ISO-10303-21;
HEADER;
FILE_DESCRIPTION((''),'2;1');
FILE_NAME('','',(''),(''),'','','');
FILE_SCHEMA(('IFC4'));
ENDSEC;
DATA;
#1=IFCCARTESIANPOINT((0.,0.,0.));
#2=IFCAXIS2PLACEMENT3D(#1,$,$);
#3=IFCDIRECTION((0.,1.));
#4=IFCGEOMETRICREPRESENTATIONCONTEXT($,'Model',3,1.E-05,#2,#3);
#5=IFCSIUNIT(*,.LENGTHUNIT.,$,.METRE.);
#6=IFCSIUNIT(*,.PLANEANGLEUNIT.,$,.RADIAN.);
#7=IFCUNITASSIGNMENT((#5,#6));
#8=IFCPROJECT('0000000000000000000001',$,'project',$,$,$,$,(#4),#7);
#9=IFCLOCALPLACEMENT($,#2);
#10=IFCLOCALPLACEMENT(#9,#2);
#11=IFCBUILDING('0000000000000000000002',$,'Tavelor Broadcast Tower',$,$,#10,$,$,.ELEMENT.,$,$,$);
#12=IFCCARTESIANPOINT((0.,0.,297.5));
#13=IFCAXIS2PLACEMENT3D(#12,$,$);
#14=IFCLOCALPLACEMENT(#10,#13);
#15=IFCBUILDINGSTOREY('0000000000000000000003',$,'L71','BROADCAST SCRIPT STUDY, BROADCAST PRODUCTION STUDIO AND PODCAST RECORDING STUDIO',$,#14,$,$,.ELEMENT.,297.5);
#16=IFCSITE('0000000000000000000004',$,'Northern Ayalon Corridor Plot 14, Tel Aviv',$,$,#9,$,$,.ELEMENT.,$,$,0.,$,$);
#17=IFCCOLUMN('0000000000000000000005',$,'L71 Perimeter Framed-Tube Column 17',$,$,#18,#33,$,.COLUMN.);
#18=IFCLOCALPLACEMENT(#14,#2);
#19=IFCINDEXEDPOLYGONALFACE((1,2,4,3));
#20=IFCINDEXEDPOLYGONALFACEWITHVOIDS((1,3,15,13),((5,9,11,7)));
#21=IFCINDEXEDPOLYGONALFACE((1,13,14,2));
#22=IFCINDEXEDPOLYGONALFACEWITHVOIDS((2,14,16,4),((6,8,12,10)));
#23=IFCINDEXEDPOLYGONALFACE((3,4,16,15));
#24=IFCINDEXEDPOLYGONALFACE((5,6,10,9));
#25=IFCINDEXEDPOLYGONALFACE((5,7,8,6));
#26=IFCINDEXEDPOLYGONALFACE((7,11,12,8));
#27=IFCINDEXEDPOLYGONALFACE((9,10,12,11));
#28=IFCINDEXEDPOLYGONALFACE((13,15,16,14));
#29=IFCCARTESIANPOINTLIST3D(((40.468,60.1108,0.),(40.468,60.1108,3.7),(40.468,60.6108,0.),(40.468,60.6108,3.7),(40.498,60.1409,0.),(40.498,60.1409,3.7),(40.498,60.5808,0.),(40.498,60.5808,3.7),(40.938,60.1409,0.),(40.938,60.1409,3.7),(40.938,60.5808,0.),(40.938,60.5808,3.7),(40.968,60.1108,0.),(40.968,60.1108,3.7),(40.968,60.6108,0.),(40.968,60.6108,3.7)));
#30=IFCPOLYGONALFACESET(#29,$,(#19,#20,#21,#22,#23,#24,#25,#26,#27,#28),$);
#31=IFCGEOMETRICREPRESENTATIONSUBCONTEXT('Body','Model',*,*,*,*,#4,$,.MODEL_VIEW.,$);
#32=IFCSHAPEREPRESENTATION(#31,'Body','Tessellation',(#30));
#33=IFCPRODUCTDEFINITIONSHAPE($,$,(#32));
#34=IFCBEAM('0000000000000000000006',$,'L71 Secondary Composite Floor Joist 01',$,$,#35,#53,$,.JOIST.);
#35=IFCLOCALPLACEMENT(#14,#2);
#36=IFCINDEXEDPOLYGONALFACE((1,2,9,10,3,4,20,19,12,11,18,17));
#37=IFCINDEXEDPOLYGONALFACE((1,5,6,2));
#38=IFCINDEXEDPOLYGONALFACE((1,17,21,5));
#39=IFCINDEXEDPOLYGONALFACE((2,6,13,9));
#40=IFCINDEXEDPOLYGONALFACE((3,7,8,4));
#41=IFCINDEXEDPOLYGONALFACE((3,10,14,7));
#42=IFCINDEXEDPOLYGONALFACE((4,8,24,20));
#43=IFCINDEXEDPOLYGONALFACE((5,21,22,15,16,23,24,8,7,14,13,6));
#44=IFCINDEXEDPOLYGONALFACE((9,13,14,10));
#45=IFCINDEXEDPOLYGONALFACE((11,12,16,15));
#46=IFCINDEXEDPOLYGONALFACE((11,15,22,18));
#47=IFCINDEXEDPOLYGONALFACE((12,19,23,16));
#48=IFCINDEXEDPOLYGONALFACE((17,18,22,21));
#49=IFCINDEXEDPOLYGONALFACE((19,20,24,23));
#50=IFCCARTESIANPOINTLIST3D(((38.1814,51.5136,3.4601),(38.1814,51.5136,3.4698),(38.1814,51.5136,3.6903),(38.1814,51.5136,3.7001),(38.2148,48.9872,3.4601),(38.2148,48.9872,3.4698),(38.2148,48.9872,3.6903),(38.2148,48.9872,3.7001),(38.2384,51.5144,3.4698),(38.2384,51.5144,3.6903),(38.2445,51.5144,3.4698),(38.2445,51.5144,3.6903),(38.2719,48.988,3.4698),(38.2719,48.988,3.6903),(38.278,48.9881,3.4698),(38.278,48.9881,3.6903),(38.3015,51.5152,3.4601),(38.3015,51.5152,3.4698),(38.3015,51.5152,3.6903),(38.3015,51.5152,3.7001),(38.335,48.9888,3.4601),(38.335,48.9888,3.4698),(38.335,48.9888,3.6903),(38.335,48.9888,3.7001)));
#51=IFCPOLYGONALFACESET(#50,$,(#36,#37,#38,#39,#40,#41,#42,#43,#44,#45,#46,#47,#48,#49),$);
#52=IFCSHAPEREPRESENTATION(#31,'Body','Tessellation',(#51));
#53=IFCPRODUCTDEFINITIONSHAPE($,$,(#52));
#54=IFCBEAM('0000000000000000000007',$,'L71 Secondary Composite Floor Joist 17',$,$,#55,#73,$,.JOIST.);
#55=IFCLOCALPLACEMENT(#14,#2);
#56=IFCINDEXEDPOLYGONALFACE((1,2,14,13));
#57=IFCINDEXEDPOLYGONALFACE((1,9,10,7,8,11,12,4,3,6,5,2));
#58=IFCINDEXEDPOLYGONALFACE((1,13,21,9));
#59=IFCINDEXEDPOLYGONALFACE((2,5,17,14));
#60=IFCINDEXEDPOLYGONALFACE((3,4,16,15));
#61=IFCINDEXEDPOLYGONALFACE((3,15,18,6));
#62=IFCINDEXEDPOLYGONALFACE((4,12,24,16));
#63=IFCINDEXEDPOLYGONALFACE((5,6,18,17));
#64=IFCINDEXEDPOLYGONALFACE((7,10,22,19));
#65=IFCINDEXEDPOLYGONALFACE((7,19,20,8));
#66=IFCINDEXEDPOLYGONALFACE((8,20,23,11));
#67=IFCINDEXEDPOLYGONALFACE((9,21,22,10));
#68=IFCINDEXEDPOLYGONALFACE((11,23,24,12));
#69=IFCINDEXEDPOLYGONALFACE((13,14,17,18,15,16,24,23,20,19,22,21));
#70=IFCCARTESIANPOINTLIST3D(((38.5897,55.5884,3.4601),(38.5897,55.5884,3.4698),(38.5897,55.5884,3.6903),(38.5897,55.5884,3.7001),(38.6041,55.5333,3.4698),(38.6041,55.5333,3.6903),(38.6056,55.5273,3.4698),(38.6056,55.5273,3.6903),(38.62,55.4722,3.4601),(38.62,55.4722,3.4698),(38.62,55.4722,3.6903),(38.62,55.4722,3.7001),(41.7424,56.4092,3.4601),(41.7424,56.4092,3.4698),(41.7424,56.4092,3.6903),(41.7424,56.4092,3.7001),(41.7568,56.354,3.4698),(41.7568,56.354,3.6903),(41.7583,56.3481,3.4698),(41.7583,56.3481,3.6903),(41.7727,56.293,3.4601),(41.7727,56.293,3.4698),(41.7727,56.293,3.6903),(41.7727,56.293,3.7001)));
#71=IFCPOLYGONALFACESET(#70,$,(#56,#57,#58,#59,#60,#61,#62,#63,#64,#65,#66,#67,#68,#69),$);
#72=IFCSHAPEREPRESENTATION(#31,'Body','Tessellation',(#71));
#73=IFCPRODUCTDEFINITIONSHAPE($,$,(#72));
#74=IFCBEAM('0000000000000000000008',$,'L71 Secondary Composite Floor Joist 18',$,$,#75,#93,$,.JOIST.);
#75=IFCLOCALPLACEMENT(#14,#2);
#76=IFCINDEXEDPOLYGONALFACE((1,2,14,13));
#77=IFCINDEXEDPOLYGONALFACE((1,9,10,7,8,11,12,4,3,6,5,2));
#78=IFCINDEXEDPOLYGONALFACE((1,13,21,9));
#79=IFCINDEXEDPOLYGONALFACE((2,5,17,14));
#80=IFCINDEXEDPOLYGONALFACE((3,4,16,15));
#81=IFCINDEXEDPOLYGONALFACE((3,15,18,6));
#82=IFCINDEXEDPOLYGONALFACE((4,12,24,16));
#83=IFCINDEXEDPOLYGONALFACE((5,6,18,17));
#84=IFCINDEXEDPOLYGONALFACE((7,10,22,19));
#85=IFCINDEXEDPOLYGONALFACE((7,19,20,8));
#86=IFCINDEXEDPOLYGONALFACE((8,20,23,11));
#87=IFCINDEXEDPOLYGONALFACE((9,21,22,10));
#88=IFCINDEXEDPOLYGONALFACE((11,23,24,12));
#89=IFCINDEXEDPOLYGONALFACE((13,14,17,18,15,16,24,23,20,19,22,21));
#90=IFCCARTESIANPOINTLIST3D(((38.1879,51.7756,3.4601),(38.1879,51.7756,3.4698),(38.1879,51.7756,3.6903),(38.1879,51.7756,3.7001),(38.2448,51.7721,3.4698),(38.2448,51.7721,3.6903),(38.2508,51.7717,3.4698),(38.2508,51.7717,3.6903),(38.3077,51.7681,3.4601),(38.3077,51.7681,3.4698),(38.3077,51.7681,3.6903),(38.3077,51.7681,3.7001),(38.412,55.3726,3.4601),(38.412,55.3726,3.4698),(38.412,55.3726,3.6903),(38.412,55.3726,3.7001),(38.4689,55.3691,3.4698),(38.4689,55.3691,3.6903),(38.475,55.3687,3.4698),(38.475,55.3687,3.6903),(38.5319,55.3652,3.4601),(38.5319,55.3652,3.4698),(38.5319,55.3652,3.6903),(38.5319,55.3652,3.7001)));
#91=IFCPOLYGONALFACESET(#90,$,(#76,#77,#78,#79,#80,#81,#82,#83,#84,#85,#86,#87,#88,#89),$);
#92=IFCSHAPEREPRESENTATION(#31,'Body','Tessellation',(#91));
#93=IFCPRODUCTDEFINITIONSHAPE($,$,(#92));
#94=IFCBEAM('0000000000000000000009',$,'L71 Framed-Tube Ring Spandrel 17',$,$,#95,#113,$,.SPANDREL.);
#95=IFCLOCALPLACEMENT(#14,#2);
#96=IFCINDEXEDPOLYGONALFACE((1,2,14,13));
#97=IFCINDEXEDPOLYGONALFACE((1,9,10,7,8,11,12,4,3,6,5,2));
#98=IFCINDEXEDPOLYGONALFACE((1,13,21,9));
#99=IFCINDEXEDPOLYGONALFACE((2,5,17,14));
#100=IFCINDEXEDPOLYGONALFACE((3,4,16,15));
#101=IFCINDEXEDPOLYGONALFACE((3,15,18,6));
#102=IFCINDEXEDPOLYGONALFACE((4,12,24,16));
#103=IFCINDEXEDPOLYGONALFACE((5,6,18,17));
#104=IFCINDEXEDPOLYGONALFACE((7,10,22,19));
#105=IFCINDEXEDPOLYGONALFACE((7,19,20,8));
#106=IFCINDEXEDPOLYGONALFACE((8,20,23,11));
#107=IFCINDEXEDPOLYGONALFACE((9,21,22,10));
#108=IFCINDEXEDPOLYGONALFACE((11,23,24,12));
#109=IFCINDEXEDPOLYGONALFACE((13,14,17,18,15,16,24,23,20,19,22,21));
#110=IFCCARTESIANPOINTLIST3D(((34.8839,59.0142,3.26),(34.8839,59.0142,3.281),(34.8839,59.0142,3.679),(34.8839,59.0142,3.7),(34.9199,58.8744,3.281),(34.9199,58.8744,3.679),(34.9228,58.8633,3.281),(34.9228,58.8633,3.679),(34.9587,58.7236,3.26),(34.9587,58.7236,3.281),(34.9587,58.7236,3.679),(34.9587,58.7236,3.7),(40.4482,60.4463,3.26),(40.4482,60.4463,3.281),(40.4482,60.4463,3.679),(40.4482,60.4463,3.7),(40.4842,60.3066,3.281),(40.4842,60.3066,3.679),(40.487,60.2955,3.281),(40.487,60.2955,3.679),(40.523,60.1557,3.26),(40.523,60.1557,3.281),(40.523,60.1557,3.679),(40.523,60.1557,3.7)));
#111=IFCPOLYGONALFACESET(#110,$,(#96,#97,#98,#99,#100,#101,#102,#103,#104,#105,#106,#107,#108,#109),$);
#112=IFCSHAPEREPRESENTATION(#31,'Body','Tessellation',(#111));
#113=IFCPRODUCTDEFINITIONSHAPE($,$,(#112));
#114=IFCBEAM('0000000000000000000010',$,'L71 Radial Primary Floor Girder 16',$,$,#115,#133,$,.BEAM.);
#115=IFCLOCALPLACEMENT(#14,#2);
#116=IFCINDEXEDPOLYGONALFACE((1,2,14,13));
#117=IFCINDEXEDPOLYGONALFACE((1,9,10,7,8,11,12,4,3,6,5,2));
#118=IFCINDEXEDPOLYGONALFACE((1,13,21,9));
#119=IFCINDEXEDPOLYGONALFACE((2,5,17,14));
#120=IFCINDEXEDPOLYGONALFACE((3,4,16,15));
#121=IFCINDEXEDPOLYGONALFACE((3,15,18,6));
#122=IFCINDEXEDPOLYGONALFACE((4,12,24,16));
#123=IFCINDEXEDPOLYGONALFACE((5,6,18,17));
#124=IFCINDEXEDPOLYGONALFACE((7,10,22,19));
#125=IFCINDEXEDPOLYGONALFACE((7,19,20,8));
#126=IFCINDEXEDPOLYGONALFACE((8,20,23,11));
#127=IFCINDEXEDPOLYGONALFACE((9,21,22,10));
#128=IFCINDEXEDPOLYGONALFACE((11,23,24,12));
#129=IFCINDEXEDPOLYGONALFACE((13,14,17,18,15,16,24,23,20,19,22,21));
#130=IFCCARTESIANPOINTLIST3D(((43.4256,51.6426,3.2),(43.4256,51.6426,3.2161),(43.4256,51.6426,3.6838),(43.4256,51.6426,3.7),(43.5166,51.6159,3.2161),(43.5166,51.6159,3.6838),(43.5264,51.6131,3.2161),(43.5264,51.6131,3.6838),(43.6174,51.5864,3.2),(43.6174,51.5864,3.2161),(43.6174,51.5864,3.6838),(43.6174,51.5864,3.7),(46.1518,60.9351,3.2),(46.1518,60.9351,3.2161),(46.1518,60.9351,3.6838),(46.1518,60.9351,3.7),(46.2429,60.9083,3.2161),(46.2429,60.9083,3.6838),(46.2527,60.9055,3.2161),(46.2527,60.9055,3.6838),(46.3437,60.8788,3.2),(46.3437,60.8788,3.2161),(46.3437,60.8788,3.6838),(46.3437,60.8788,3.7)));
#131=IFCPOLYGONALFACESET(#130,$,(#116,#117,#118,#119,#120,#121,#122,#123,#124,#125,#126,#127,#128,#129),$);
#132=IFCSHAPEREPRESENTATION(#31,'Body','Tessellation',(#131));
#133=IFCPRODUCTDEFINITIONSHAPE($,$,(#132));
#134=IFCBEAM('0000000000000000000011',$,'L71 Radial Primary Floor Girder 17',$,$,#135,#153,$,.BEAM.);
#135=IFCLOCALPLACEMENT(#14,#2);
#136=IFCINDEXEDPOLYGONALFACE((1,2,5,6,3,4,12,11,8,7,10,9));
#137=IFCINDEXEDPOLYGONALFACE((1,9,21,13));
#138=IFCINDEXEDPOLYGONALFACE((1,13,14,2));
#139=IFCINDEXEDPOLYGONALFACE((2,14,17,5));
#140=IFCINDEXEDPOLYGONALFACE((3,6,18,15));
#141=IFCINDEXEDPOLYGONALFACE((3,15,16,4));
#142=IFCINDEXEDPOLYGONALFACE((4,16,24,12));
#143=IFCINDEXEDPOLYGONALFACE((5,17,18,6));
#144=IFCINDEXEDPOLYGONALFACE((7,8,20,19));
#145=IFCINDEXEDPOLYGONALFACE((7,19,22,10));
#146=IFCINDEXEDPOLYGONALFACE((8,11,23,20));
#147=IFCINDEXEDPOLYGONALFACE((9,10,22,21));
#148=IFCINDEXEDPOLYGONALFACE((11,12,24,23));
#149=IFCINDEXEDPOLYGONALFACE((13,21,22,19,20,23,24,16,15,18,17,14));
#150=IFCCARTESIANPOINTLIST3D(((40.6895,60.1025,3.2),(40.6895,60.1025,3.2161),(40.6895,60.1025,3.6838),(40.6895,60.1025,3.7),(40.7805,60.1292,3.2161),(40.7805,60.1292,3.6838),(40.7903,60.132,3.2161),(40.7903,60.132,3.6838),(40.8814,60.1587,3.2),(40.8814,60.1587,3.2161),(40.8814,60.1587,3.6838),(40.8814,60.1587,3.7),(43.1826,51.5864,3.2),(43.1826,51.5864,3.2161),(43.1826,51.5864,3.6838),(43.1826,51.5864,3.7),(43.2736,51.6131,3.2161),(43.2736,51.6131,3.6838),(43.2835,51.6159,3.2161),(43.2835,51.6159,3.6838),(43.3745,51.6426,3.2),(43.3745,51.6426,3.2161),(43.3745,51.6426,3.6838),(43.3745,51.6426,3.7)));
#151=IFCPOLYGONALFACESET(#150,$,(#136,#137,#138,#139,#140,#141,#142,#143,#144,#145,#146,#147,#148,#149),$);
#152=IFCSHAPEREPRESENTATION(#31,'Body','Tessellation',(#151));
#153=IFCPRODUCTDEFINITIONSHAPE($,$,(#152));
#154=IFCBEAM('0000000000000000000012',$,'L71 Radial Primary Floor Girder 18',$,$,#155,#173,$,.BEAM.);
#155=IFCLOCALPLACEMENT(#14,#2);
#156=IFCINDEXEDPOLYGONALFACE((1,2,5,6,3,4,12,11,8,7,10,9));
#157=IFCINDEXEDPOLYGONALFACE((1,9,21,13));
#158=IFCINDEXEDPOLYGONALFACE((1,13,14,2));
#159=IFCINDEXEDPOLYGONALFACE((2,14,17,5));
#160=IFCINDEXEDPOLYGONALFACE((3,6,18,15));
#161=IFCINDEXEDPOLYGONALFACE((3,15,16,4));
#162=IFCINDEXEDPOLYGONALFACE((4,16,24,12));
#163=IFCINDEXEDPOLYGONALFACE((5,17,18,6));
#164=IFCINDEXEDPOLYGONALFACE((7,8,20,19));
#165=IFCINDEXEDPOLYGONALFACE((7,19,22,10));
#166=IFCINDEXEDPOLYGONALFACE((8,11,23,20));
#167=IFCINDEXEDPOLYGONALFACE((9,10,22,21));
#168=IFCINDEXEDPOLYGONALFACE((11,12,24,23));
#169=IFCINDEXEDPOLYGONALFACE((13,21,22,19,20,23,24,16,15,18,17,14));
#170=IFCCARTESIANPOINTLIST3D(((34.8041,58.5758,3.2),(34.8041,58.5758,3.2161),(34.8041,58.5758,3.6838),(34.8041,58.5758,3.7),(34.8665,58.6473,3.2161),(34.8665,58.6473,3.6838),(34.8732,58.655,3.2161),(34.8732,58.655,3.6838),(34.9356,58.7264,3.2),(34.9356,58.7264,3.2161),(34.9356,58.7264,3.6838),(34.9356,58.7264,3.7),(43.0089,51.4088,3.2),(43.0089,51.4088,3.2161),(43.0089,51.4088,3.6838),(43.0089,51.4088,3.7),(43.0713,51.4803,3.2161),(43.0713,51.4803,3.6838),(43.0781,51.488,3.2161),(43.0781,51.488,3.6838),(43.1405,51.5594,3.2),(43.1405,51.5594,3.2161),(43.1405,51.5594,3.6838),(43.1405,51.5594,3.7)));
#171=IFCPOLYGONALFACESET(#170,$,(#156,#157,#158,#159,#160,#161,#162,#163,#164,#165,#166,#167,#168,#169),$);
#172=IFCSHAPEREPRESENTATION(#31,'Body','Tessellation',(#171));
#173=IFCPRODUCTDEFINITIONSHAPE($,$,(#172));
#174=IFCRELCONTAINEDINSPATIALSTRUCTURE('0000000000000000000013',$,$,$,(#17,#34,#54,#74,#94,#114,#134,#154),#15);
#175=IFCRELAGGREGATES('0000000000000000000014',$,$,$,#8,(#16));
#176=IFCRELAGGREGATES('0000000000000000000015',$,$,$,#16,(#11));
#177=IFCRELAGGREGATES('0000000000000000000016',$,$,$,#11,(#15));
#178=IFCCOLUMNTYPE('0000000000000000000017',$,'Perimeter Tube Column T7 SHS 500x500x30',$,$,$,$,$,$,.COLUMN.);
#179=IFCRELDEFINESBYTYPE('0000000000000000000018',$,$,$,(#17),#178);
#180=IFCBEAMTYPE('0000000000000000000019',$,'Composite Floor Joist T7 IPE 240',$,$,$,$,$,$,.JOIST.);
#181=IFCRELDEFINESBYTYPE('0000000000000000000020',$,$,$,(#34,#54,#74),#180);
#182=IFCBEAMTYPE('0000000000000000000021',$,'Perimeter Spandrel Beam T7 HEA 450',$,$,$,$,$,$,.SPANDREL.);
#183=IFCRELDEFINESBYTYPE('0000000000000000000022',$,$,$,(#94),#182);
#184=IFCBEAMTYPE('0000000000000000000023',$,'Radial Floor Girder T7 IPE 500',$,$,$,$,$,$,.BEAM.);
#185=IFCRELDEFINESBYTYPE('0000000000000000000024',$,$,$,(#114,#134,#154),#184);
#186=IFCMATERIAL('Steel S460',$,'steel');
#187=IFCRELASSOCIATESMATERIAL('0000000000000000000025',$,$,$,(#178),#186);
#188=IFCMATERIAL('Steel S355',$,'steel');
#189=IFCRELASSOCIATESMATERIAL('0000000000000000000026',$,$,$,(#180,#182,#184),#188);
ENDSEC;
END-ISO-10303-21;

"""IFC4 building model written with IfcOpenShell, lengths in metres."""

from ifc_helpers import new_model, si_unit, direction, frame, origin, origin_2d, place, context, subcontext, project, spatial, hollow_rectangle, i_section, extrude, material, material_profile, profile_set, type_object, element, save


model = new_model("IFC4")

# Units and contexts
model_context = context("Model", 3, precision=1e-05, world=origin(), true_north=direction((0.0, 1.0)))
body_context = subcontext(model_context, "Body", "Model", "MODEL_VIEW")
ifc_project = project(units=[si_unit("LENGTHUNIT", "METRE"), si_unit("PLANEANGLEUNIT", "RADIAN")], contexts=[model_context])

# Site, building, storey
site_placement = place(None, origin())
site = spatial("IfcSite", under=ifc_project, at=site_placement, Name="Northern Ayalon Corridor Plot 14, Tel Aviv", CompositionType="ELEMENT", RefElevation=0.0)
building_placement = place(site_placement, origin())
building = spatial("IfcBuilding", under=site, at=building_placement, Name="Tavelor Broadcast Tower", CompositionType="ELEMENT")
storey_placement = place(building_placement, frame((0.0, 0.0, 297.5)))
storey = spatial("IfcBuildingStorey", under=building, at=storey_placement, Name="L71", Description="BROADCAST SCRIPT STUDY, BROADCAST PRODUCTION STUDIO AND PODCAST RECORDING STUDIO", CompositionType="ELEMENT", Elevation=297.5)

# Column
ifc_material_1 = material(Name="Steel S460", Category="steel")
ifc_material_profile_1 = material_profile(ifc_material_1, hollow_rectangle(XDim=0.5, YDim=0.5, WallThickness=0.03, at=origin_2d()), Name="SHS 500x500x30")
ifc_profile_set_1 = profile_set([ifc_material_profile_1], Name="Steel S460")
column_type = type_object("IfcColumnType", Name="Perimeter Tube Column T7 SHS 500x500x30", PredefinedType="COLUMN", material=ifc_profile_set_1)
column_placement = place(storey_placement, frame((40.718, 60.3608, 0.0), z_axis=(0.0, 0.0, 1.0), x_axis=(1.0, 0.0, 0.0)))
element("IfcColumn", 1, at=column_placement, inside=storey, type_object=column_type, Name="L71 Perimeter Framed-Tube Column 17", PredefinedType="COLUMN", context=body_context, shape_type="SweptSolid", body=[
    extrude(hollow_rectangle(XDim=0.5, YDim=0.5, WallThickness=0.03, at=origin_2d()), origin(), (0.0, 0.0, 1.0), 3.7),
])

# Beams
ifc_material_2 = material(Name="Steel S355", Category="steel")
ifc_material_profile_2 = material_profile(ifc_material_2, i_section(OverallWidth=0.1201, OverallDepth=0.24, WebThickness=0.0061, FlangeThickness=0.0098, at=origin_2d()), Name="IPE 240")
ifc_profile_set_2 = profile_set([ifc_material_profile_2], Name="Steel S355")
beam_type_1 = type_object("IfcBeamType", Name="Composite Floor Joist T7 IPE 240", PredefinedType="JOIST", material=ifc_profile_set_2)
beam_1_placement = place(storey_placement, frame((38.2415, 51.5144, 3.5801), z_axis=(0.013238, -0.999912, 0.0), x_axis=(0.999912, 0.013238, 0.0)))
element("IfcBeam", 2, at=beam_1_placement, inside=storey, type_object=beam_type_1, Name="L71 Secondary Composite Floor Joist 01", PredefinedType="JOIST", context=body_context, shape_type="SweptSolid", body=[
    extrude(i_section(OverallWidth=0.1201, OverallDepth=0.24, WebThickness=0.0061, FlangeThickness=0.0098, at=origin_2d()), origin(), (0.0, 0.0, 1.0), 2.5266),
])
beam_2_placement = place(storey_placement, frame((41.7576, 56.3511, 3.5801), z_axis=(-0.967743, -0.25194, 0.0), x_axis=(0.25194, -0.967743, 0.0)))
element("IfcBeam", 3, at=beam_2_placement, inside=storey, type_object=beam_type_1, Name="L71 Secondary Composite Floor Joist 17", PredefinedType="JOIST", context=body_context, shape_type="SweptSolid", body=[
    extrude(i_section(OverallWidth=0.1201, OverallDepth=0.24, WebThickness=0.0061, FlangeThickness=0.0098, at=origin_2d()), origin(), (0.0, 0.0, 1.0), 3.2578),
])
beam_3_placement = place(storey_placement, frame((38.4719, 55.3689, 3.5801), z_axis=(-0.062188, -0.998064, 0.0), x_axis=(0.998064, -0.062188, 0.0)))
element("IfcBeam", 4, at=beam_3_placement, inside=storey, type_object=beam_type_1, Name="L71 Secondary Composite Floor Joist 18", PredefinedType="JOIST", context=body_context, shape_type="SweptSolid", body=[
    extrude(i_section(OverallWidth=0.1201, OverallDepth=0.24, WebThickness=0.0061, FlangeThickness=0.0098, at=origin_2d()), origin(), (0.0, 0.0, 1.0), 3.604),
])
ifc_material_profile_3 = material_profile(ifc_material_2, i_section(OverallWidth=0.3, OverallDepth=0.4399, WebThickness=0.0115, FlangeThickness=0.021, at=origin_2d()), Name="HEA 450")
ifc_profile_set_3 = profile_set([ifc_material_profile_3], Name="Steel S355")
beam_type_2 = type_object("IfcBeamType", Name="Perimeter Spandrel Beam T7 HEA 450", PredefinedType="SPANDREL", material=ifc_profile_set_3)
beam_4_placement = place(storey_placement, frame((40.4856, 60.301, 3.48), z_axis=(-0.968437, -0.249259, 0.0), x_axis=(0.249259, -0.968437, 0.0)))
element("IfcBeam", 5, at=beam_4_placement, inside=storey, type_object=beam_type_2, Name="L71 Framed-Tube Ring Spandrel 17", PredefinedType="SPANDREL", context=body_context, shape_type="SweptSolid", body=[
    extrude(i_section(OverallWidth=0.3, OverallDepth=0.4399, WebThickness=0.0115, FlangeThickness=0.021, at=origin_2d()), origin(), (0.0, 0.0, 1.0), 5.7456),
])
ifc_material_profile_4 = material_profile(ifc_material_2, i_section(OverallWidth=0.2, OverallDepth=0.5, WebThickness=0.0103, FlangeThickness=0.0161, at=origin_2d()), Name="IPE 500")
ifc_profile_set_4 = profile_set([ifc_material_profile_4], Name="Steel S355")
beam_type_3 = type_object("IfcBeamType", Name="Radial Floor Girder T7 IPE 500", PredefinedType="BEAM", material=ifc_profile_set_4)
beam_5_placement = place(storey_placement, frame((43.5215, 51.6145, 3.45), z_axis=(0.281523, 0.959554, 0.0), x_axis=(-0.959554, 0.281523, 0.0)))
element("IfcBeam", 6, at=beam_5_placement, inside=storey, type_object=beam_type_3, Name="L71 Radial Primary Floor Girder 16", PredefinedType="BEAM", context=body_context, shape_type="SweptSolid", body=[
    extrude(i_section(OverallWidth=0.2, OverallDepth=0.5, WebThickness=0.0103, FlangeThickness=0.0161, at=origin_2d()), origin(), (0.0, 0.0, 1.0), 9.6841),
])
beam_6_placement = place(storey_placement, frame((43.2786, 51.6145, 3.45), z_axis=(-0.280966, 0.959718, 0.0), x_axis=(-0.959718, -0.280966, 0.0)))
element("IfcBeam", 7, at=beam_6_placement, inside=storey, type_object=beam_type_3, Name="L71 Radial Primary Floor Girder 17", PredefinedType="BEAM", context=body_context, shape_type="SweptSolid", body=[
    extrude(i_section(OverallWidth=0.2, OverallDepth=0.5, WebThickness=0.0103, FlangeThickness=0.0161, at=origin_2d()), origin(), (0.0, 0.0, 1.0), 8.8735),
])
beam_7_placement = place(storey_placement, frame((43.0747, 51.4841, 3.45), z_axis=(-0.753133, 0.657868, 0.0), x_axis=(-0.657868, -0.753133, 0.0)))
element("IfcBeam", 8, at=beam_7_placement, inside=storey, type_object=beam_type_3, Name="L71 Radial Primary Floor Girder 18", PredefinedType="BEAM", context=body_context, shape_type="SweptSolid", body=[
    extrude(i_section(OverallWidth=0.2, OverallDepth=0.5, WebThickness=0.0103, FlangeThickness=0.0161, at=origin_2d()), origin(), (0.0, 0.0, 1.0), 10.8943),
])

save(model, "model.ifc")
